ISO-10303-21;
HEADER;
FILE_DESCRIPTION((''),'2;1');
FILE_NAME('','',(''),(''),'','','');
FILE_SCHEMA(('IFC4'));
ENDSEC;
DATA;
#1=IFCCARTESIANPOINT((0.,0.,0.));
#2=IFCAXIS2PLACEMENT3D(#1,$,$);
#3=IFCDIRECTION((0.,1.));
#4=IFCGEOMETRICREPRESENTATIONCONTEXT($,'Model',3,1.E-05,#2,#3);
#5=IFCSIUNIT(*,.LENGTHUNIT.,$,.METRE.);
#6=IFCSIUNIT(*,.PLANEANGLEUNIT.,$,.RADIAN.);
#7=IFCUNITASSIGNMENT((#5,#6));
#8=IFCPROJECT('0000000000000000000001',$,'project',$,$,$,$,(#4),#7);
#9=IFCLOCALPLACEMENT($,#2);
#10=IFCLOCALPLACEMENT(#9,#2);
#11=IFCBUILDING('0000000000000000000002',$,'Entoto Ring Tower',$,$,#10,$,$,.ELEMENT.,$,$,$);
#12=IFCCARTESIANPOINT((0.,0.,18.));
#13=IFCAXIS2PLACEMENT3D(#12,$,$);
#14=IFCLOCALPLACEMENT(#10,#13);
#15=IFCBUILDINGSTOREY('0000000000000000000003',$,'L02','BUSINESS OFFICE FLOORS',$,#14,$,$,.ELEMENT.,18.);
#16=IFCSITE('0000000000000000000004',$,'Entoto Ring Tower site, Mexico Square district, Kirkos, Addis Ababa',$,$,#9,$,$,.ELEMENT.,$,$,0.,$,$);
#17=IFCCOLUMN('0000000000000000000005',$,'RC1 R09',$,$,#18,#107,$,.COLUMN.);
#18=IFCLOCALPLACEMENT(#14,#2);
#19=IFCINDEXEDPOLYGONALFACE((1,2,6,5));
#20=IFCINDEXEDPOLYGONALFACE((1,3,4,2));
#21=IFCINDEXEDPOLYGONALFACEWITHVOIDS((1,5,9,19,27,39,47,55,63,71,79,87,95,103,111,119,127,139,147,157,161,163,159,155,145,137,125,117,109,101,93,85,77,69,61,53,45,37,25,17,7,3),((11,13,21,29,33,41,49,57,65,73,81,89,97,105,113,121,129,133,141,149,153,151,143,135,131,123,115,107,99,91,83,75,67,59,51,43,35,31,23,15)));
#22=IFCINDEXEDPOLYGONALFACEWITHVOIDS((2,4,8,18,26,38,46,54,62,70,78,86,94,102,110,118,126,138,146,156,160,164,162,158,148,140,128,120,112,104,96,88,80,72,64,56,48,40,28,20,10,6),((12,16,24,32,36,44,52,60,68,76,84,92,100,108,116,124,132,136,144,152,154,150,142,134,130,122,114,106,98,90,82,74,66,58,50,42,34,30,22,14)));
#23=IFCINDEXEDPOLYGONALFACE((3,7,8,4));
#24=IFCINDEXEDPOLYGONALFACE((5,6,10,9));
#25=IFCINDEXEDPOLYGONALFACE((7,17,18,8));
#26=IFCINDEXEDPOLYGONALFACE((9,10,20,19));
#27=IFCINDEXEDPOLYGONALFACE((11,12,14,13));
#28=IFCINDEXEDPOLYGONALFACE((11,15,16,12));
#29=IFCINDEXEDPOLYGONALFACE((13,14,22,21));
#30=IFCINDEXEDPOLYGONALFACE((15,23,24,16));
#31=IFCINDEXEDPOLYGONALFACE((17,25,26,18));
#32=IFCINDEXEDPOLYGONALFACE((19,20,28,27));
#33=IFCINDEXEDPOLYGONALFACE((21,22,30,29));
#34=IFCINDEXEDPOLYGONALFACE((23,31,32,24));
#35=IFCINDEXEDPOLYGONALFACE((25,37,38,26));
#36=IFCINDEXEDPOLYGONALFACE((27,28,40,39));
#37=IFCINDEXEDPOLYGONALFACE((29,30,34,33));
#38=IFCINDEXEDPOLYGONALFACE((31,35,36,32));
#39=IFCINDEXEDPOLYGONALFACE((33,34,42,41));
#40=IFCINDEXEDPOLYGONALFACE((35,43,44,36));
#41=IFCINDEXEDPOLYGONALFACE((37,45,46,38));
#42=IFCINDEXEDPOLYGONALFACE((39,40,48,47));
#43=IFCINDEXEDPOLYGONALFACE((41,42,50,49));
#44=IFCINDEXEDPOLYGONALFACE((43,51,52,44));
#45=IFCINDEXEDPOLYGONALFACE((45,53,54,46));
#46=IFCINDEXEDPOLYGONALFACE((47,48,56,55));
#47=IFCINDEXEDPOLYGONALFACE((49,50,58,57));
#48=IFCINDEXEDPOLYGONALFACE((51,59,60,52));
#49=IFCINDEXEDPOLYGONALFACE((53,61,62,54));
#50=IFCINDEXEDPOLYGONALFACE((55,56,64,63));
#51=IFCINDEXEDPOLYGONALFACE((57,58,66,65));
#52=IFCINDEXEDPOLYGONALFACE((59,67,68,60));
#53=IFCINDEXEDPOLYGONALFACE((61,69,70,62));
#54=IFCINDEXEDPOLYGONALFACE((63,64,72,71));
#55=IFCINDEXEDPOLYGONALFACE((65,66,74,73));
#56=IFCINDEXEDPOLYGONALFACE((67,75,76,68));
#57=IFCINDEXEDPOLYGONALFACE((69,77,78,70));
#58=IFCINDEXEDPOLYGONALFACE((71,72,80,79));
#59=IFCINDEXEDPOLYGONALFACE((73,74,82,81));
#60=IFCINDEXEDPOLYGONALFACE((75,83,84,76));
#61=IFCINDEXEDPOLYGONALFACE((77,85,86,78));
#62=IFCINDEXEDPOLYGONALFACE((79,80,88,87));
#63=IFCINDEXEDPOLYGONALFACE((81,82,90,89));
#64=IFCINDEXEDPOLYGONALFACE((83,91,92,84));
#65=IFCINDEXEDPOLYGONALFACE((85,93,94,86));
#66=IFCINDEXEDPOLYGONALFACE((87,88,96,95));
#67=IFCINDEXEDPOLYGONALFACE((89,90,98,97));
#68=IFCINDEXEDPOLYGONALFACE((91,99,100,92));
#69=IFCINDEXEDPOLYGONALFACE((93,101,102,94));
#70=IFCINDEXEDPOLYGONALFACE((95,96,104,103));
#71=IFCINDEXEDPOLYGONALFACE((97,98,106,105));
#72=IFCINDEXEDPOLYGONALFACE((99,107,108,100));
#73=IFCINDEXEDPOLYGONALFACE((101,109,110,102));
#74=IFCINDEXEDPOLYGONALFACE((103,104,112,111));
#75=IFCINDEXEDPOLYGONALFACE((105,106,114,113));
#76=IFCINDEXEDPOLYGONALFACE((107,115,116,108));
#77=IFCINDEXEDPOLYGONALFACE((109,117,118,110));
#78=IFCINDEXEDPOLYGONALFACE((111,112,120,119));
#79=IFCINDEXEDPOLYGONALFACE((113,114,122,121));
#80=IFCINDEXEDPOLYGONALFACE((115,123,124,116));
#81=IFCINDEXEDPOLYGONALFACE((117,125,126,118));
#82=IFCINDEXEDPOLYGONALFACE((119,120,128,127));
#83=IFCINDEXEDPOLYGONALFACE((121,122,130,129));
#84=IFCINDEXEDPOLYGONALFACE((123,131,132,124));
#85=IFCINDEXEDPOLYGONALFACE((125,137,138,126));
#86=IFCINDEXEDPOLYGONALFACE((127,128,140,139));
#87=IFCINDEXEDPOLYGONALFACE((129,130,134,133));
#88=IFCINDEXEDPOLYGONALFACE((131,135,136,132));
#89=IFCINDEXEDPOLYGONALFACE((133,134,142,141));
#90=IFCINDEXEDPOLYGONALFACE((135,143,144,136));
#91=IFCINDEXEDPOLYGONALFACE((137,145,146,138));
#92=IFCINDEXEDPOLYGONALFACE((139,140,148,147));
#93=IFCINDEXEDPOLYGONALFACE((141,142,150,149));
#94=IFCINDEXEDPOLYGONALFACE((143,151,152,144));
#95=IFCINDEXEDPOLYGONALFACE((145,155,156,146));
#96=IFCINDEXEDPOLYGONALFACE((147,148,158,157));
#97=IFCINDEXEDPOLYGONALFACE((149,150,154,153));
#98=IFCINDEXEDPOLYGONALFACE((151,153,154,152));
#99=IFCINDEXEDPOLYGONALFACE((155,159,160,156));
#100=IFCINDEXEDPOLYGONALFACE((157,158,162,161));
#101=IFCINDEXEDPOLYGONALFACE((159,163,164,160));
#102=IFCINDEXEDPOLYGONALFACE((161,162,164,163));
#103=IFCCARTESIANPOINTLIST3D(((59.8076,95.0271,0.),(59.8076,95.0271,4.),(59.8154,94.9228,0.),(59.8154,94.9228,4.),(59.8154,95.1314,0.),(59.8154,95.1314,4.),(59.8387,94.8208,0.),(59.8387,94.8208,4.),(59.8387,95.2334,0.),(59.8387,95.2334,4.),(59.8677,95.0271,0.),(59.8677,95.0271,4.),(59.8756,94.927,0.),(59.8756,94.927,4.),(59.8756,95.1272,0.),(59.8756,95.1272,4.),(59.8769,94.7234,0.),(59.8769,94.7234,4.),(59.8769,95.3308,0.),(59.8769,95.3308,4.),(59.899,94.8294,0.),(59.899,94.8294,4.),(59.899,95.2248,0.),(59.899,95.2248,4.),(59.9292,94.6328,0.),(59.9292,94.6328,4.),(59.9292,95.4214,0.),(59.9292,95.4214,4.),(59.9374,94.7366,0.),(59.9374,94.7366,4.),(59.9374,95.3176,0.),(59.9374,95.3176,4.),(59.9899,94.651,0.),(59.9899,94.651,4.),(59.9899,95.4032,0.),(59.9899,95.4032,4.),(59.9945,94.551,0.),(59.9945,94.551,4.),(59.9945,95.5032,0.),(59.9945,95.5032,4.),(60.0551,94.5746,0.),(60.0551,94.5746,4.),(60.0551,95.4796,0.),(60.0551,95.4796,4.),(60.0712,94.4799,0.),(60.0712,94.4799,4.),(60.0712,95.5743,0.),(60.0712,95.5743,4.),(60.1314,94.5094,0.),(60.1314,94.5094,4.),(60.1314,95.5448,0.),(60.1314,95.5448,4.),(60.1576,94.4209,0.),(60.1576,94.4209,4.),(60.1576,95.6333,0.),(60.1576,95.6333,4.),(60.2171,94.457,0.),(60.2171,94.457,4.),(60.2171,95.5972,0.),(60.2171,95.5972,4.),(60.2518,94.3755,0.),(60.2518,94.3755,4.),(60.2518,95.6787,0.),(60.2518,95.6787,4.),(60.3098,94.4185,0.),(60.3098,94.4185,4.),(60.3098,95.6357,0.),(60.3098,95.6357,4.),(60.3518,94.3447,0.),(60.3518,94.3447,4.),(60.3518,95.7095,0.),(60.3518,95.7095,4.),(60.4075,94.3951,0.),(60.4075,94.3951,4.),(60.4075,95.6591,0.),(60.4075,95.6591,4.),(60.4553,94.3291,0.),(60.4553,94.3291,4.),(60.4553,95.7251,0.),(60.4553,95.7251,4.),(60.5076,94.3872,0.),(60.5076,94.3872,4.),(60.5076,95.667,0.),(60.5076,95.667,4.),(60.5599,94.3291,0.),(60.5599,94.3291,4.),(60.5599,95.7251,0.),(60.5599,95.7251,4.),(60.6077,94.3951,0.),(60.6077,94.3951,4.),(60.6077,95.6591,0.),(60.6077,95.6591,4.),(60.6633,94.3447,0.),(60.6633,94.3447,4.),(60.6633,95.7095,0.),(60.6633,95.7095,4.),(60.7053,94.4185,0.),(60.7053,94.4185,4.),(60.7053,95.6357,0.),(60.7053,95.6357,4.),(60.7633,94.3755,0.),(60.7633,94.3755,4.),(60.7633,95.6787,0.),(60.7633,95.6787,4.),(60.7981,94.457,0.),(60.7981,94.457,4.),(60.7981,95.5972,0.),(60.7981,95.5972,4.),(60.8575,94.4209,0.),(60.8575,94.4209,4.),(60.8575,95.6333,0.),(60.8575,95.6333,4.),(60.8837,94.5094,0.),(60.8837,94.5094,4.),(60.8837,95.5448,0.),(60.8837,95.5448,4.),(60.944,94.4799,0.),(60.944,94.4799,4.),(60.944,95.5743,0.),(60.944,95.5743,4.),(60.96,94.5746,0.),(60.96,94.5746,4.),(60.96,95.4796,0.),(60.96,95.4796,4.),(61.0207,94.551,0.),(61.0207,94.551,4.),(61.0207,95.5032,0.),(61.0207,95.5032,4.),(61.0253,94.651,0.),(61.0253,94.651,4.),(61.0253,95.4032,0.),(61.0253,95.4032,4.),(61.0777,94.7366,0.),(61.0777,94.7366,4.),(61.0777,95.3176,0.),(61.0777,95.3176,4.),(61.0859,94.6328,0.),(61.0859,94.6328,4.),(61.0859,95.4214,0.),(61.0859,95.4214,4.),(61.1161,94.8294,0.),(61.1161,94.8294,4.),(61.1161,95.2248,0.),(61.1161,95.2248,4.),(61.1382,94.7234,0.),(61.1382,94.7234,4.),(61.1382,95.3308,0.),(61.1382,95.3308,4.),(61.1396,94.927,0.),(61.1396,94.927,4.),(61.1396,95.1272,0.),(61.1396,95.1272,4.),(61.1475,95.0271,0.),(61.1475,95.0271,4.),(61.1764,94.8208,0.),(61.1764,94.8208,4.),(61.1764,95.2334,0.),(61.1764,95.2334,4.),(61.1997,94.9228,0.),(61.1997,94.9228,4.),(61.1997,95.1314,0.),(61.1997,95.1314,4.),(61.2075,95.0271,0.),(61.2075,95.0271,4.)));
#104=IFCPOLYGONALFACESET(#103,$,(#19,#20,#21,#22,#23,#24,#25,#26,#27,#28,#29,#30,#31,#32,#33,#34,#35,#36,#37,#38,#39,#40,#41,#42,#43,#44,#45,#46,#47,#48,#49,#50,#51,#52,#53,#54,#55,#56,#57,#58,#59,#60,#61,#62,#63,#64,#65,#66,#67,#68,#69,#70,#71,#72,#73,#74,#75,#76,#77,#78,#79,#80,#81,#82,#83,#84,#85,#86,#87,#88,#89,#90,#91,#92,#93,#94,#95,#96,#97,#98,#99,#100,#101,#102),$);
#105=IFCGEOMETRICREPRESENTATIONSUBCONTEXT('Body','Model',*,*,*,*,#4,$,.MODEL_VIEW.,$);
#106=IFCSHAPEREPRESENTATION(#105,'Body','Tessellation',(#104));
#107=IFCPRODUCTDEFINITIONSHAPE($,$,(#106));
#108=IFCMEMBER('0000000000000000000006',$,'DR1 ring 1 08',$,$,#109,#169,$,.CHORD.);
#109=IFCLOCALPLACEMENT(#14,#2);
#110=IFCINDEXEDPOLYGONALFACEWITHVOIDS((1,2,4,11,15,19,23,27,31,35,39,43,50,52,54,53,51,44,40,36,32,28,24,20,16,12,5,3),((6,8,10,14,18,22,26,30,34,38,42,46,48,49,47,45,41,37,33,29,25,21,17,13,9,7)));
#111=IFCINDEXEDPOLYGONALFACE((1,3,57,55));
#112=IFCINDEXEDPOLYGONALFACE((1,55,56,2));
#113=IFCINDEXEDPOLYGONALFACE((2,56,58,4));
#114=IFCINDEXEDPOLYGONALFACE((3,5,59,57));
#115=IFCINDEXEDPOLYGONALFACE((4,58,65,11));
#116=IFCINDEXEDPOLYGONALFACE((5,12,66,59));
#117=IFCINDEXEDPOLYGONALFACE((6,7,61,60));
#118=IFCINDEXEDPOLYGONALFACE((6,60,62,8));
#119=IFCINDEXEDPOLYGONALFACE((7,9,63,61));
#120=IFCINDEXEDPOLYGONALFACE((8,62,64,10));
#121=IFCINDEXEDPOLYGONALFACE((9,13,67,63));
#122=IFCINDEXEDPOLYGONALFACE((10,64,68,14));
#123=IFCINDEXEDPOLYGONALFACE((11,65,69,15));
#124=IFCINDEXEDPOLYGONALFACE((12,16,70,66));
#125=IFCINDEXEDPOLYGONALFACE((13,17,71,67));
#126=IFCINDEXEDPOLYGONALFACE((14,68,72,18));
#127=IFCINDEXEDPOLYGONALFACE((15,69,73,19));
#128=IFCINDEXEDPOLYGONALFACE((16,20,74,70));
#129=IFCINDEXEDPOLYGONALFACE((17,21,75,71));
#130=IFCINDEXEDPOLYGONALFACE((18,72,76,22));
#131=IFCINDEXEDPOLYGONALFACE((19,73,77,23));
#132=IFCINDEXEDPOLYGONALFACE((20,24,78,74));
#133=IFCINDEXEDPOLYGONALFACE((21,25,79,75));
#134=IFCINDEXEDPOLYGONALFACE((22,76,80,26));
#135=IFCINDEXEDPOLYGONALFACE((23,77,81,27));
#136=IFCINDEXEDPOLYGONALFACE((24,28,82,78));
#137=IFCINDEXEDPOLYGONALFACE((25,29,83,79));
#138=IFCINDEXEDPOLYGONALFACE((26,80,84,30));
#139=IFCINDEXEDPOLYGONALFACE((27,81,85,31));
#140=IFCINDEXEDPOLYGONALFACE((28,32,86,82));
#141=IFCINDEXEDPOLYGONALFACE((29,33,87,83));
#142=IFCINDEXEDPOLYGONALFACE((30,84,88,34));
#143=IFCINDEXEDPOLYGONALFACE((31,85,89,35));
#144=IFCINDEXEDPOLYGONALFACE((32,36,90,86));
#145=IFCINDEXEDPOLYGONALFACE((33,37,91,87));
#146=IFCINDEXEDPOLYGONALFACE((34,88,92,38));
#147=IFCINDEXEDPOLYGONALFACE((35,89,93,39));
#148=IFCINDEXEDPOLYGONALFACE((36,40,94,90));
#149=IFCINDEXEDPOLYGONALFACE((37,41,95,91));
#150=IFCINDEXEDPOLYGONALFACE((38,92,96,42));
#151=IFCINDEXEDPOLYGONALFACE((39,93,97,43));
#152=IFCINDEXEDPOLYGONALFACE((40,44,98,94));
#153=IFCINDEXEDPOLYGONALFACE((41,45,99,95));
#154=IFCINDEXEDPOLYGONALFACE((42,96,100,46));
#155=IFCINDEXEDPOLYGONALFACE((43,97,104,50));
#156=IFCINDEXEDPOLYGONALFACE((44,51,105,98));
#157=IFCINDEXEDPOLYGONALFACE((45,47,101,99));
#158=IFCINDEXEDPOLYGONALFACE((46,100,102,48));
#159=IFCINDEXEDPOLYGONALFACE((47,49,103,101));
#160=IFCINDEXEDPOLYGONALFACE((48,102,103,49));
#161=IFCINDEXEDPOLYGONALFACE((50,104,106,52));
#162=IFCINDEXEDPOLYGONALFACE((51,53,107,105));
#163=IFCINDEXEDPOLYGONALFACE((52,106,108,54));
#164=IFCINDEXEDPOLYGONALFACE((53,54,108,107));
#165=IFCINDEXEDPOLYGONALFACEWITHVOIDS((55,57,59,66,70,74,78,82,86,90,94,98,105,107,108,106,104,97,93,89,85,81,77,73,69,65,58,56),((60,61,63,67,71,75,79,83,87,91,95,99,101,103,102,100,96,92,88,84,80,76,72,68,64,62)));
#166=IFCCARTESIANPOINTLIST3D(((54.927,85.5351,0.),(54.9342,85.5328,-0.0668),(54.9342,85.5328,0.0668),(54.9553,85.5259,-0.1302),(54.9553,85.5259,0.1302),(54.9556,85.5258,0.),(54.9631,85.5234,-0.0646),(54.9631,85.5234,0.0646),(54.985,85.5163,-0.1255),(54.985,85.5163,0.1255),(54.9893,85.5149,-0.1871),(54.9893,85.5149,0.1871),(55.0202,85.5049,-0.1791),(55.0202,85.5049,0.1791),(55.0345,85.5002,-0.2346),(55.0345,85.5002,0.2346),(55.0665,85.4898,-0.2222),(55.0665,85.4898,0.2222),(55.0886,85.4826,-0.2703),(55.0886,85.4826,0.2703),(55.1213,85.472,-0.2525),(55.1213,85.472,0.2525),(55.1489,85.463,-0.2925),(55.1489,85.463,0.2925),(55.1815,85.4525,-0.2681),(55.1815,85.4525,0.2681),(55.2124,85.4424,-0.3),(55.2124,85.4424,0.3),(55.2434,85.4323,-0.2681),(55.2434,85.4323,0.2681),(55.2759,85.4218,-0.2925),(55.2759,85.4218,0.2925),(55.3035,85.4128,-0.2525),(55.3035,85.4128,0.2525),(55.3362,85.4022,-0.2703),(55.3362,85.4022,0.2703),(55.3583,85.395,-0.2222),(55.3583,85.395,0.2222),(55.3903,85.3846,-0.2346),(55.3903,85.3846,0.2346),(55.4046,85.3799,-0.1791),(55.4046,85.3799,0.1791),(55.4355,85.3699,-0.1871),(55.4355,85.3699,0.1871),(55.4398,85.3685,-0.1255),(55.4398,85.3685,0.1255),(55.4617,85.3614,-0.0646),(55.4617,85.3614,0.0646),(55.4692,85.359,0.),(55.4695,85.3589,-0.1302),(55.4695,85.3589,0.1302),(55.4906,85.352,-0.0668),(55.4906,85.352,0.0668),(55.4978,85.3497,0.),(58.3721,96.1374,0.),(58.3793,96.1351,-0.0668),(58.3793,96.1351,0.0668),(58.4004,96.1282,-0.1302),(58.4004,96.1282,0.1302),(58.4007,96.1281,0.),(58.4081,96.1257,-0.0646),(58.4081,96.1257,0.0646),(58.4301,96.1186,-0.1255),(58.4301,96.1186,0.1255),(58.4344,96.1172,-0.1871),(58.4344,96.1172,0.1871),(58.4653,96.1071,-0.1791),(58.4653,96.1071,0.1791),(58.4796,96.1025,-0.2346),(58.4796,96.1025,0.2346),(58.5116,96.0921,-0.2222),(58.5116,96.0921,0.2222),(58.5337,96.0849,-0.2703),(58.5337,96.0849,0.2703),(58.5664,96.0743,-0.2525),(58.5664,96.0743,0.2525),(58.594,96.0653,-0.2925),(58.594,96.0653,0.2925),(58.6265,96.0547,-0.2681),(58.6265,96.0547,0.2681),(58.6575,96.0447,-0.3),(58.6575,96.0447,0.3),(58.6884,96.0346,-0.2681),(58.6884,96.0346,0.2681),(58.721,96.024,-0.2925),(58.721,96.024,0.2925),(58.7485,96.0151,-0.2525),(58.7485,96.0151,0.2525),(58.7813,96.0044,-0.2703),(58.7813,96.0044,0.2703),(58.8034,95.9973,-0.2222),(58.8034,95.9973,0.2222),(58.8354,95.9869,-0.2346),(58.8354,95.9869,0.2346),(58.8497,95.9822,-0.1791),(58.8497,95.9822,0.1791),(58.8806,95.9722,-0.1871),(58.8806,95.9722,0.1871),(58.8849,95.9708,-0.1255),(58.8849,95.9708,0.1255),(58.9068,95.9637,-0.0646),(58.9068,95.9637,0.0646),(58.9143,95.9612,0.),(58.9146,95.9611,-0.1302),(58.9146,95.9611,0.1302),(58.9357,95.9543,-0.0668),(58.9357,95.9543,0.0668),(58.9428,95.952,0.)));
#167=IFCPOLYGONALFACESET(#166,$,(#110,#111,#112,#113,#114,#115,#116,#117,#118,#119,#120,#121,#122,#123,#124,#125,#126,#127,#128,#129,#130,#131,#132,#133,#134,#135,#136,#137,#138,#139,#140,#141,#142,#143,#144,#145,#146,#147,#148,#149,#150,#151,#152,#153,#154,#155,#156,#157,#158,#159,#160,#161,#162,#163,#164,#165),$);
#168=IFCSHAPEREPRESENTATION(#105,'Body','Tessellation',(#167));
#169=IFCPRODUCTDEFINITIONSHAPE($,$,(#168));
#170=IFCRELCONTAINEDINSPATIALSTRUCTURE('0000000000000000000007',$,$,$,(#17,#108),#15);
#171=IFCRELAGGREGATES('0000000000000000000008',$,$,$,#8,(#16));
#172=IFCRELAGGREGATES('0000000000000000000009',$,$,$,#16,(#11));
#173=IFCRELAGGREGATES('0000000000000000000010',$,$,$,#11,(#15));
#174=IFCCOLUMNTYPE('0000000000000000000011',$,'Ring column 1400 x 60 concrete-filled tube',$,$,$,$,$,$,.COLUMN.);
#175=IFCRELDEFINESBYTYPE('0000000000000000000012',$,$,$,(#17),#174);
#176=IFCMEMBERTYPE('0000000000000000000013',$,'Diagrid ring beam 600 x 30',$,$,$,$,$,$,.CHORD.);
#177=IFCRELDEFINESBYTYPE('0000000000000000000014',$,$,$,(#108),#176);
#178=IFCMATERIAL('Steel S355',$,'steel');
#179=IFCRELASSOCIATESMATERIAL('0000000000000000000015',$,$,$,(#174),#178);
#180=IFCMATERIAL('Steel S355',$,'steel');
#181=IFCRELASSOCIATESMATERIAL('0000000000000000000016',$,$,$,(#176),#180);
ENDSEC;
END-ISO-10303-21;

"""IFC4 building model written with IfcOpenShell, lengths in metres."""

from ifc_helpers import new_model, si_unit, direction, frame, origin, origin_2d, place, context, subcontext, project, spatial, circle, hollow_circle, extrude, material, material_profile, profile_set, type_object, element, save


model = new_model("IFC4")

# Units and contexts
model_context = context("Model", 3, precision=1e-05, world=origin(), true_north=direction((0.0, 1.0)))
body_context = subcontext(model_context, "Body", "Model", "MODEL_VIEW")
ifc_project = project(units=[si_unit("LENGTHUNIT", "METRE"), si_unit("PLANEANGLEUNIT", "RADIAN")], contexts=[model_context])

# Site, building, storey
site_placement = place(None, origin())
site = spatial("IfcSite", under=ifc_project, at=site_placement, Name="Entoto Ring Tower site, Mexico Square district, Kirkos, Addis Ababa", CompositionType="ELEMENT", RefElevation=0.0)
building_placement = place(site_placement, origin())
building = spatial("IfcBuilding", under=site, at=building_placement, Name="Entoto Ring Tower", CompositionType="ELEMENT")
storey_placement = place(building_placement, frame((0.0, 0.0, 18.0)))
storey = spatial("IfcBuildingStorey", under=building, at=storey_placement, Name="L02", Description="BUSINESS OFFICE FLOORS", CompositionType="ELEMENT", Elevation=18.0)

# Column
ifc_material_1 = material(Name="Steel S355", Category="steel")
ifc_material_profile_1 = material_profile(ifc_material_1, hollow_circle(Radius=0.7, WallThickness=0.0601, at=origin_2d()), Name="CHS 1400 x 60")
ifc_material_2 = material(Name="Concrete C60/75", Category="concrete")
ifc_material_profile_2 = material_profile(ifc_material_2, circle(Radius=0.6399, at=origin_2d()), Name="Concrete C60/75 infill")
ifc_profile_set_1 = profile_set([ifc_material_profile_1, ifc_material_profile_2], Name="Steel S355")
column_type = type_object("IfcColumnType", Name="Ring column 1400 x 60 concrete-filled tube", PredefinedType="COLUMN", material=ifc_profile_set_1)
column_placement = place(storey_placement, frame((60.5076, 95.0271, 0.0), z_axis=(0.0, 0.0, 1.0), x_axis=(1.0, 0.0, 0.0)))
element("IfcColumn", 1, at=column_placement, inside=storey, type_object=column_type, Name="RC1 R09", PredefinedType="COLUMN", context=body_context, shape_type="SweptSolid", body=[
    extrude(hollow_circle(Radius=0.7, WallThickness=0.0601, at=origin_2d()), origin(), (0.0, 0.0, 1.0), 4.0),
])

# Member
ifc_material_3 = material(Name="Steel S355", Category="steel")
ifc_material_profile_3 = material_profile(ifc_material_3, hollow_circle(Radius=0.3, WallThickness=0.03, at=origin_2d()), Name="CHS 600 x 30")
ifc_material_4 = material(Name="Concrete C60/75", Category="concrete")
ifc_material_profile_4 = material_profile(ifc_material_4, circle(Radius=0.27, at=origin_2d()), Name="Concrete C60/75 infill")
ifc_profile_set_2 = profile_set([ifc_material_profile_3, ifc_material_profile_4], Name="Steel S355")
member_type = type_object("IfcMemberType", Name="Diagrid ring beam 600 x 30", PredefinedType="CHORD", material=ifc_profile_set_2)
member_placement = place(storey_placement, frame((58.6575, 96.0447, 0.0), z_axis=(-0.309031, -0.951052, 0.0), x_axis=(0.951052, -0.309031, 0.0)))
element("IfcMember", 2, at=member_placement, inside=storey, type_object=member_type, Name="DR1 ring 1 08", PredefinedType="CHORD", context=body_context, shape_type="SweptSolid", body=[
    extrude(hollow_circle(Radius=0.3, WallThickness=0.03, at=origin_2d()), origin(), (0.0, 0.0, 1.0), 11.1479),
])

save(model, "model.ifc")
